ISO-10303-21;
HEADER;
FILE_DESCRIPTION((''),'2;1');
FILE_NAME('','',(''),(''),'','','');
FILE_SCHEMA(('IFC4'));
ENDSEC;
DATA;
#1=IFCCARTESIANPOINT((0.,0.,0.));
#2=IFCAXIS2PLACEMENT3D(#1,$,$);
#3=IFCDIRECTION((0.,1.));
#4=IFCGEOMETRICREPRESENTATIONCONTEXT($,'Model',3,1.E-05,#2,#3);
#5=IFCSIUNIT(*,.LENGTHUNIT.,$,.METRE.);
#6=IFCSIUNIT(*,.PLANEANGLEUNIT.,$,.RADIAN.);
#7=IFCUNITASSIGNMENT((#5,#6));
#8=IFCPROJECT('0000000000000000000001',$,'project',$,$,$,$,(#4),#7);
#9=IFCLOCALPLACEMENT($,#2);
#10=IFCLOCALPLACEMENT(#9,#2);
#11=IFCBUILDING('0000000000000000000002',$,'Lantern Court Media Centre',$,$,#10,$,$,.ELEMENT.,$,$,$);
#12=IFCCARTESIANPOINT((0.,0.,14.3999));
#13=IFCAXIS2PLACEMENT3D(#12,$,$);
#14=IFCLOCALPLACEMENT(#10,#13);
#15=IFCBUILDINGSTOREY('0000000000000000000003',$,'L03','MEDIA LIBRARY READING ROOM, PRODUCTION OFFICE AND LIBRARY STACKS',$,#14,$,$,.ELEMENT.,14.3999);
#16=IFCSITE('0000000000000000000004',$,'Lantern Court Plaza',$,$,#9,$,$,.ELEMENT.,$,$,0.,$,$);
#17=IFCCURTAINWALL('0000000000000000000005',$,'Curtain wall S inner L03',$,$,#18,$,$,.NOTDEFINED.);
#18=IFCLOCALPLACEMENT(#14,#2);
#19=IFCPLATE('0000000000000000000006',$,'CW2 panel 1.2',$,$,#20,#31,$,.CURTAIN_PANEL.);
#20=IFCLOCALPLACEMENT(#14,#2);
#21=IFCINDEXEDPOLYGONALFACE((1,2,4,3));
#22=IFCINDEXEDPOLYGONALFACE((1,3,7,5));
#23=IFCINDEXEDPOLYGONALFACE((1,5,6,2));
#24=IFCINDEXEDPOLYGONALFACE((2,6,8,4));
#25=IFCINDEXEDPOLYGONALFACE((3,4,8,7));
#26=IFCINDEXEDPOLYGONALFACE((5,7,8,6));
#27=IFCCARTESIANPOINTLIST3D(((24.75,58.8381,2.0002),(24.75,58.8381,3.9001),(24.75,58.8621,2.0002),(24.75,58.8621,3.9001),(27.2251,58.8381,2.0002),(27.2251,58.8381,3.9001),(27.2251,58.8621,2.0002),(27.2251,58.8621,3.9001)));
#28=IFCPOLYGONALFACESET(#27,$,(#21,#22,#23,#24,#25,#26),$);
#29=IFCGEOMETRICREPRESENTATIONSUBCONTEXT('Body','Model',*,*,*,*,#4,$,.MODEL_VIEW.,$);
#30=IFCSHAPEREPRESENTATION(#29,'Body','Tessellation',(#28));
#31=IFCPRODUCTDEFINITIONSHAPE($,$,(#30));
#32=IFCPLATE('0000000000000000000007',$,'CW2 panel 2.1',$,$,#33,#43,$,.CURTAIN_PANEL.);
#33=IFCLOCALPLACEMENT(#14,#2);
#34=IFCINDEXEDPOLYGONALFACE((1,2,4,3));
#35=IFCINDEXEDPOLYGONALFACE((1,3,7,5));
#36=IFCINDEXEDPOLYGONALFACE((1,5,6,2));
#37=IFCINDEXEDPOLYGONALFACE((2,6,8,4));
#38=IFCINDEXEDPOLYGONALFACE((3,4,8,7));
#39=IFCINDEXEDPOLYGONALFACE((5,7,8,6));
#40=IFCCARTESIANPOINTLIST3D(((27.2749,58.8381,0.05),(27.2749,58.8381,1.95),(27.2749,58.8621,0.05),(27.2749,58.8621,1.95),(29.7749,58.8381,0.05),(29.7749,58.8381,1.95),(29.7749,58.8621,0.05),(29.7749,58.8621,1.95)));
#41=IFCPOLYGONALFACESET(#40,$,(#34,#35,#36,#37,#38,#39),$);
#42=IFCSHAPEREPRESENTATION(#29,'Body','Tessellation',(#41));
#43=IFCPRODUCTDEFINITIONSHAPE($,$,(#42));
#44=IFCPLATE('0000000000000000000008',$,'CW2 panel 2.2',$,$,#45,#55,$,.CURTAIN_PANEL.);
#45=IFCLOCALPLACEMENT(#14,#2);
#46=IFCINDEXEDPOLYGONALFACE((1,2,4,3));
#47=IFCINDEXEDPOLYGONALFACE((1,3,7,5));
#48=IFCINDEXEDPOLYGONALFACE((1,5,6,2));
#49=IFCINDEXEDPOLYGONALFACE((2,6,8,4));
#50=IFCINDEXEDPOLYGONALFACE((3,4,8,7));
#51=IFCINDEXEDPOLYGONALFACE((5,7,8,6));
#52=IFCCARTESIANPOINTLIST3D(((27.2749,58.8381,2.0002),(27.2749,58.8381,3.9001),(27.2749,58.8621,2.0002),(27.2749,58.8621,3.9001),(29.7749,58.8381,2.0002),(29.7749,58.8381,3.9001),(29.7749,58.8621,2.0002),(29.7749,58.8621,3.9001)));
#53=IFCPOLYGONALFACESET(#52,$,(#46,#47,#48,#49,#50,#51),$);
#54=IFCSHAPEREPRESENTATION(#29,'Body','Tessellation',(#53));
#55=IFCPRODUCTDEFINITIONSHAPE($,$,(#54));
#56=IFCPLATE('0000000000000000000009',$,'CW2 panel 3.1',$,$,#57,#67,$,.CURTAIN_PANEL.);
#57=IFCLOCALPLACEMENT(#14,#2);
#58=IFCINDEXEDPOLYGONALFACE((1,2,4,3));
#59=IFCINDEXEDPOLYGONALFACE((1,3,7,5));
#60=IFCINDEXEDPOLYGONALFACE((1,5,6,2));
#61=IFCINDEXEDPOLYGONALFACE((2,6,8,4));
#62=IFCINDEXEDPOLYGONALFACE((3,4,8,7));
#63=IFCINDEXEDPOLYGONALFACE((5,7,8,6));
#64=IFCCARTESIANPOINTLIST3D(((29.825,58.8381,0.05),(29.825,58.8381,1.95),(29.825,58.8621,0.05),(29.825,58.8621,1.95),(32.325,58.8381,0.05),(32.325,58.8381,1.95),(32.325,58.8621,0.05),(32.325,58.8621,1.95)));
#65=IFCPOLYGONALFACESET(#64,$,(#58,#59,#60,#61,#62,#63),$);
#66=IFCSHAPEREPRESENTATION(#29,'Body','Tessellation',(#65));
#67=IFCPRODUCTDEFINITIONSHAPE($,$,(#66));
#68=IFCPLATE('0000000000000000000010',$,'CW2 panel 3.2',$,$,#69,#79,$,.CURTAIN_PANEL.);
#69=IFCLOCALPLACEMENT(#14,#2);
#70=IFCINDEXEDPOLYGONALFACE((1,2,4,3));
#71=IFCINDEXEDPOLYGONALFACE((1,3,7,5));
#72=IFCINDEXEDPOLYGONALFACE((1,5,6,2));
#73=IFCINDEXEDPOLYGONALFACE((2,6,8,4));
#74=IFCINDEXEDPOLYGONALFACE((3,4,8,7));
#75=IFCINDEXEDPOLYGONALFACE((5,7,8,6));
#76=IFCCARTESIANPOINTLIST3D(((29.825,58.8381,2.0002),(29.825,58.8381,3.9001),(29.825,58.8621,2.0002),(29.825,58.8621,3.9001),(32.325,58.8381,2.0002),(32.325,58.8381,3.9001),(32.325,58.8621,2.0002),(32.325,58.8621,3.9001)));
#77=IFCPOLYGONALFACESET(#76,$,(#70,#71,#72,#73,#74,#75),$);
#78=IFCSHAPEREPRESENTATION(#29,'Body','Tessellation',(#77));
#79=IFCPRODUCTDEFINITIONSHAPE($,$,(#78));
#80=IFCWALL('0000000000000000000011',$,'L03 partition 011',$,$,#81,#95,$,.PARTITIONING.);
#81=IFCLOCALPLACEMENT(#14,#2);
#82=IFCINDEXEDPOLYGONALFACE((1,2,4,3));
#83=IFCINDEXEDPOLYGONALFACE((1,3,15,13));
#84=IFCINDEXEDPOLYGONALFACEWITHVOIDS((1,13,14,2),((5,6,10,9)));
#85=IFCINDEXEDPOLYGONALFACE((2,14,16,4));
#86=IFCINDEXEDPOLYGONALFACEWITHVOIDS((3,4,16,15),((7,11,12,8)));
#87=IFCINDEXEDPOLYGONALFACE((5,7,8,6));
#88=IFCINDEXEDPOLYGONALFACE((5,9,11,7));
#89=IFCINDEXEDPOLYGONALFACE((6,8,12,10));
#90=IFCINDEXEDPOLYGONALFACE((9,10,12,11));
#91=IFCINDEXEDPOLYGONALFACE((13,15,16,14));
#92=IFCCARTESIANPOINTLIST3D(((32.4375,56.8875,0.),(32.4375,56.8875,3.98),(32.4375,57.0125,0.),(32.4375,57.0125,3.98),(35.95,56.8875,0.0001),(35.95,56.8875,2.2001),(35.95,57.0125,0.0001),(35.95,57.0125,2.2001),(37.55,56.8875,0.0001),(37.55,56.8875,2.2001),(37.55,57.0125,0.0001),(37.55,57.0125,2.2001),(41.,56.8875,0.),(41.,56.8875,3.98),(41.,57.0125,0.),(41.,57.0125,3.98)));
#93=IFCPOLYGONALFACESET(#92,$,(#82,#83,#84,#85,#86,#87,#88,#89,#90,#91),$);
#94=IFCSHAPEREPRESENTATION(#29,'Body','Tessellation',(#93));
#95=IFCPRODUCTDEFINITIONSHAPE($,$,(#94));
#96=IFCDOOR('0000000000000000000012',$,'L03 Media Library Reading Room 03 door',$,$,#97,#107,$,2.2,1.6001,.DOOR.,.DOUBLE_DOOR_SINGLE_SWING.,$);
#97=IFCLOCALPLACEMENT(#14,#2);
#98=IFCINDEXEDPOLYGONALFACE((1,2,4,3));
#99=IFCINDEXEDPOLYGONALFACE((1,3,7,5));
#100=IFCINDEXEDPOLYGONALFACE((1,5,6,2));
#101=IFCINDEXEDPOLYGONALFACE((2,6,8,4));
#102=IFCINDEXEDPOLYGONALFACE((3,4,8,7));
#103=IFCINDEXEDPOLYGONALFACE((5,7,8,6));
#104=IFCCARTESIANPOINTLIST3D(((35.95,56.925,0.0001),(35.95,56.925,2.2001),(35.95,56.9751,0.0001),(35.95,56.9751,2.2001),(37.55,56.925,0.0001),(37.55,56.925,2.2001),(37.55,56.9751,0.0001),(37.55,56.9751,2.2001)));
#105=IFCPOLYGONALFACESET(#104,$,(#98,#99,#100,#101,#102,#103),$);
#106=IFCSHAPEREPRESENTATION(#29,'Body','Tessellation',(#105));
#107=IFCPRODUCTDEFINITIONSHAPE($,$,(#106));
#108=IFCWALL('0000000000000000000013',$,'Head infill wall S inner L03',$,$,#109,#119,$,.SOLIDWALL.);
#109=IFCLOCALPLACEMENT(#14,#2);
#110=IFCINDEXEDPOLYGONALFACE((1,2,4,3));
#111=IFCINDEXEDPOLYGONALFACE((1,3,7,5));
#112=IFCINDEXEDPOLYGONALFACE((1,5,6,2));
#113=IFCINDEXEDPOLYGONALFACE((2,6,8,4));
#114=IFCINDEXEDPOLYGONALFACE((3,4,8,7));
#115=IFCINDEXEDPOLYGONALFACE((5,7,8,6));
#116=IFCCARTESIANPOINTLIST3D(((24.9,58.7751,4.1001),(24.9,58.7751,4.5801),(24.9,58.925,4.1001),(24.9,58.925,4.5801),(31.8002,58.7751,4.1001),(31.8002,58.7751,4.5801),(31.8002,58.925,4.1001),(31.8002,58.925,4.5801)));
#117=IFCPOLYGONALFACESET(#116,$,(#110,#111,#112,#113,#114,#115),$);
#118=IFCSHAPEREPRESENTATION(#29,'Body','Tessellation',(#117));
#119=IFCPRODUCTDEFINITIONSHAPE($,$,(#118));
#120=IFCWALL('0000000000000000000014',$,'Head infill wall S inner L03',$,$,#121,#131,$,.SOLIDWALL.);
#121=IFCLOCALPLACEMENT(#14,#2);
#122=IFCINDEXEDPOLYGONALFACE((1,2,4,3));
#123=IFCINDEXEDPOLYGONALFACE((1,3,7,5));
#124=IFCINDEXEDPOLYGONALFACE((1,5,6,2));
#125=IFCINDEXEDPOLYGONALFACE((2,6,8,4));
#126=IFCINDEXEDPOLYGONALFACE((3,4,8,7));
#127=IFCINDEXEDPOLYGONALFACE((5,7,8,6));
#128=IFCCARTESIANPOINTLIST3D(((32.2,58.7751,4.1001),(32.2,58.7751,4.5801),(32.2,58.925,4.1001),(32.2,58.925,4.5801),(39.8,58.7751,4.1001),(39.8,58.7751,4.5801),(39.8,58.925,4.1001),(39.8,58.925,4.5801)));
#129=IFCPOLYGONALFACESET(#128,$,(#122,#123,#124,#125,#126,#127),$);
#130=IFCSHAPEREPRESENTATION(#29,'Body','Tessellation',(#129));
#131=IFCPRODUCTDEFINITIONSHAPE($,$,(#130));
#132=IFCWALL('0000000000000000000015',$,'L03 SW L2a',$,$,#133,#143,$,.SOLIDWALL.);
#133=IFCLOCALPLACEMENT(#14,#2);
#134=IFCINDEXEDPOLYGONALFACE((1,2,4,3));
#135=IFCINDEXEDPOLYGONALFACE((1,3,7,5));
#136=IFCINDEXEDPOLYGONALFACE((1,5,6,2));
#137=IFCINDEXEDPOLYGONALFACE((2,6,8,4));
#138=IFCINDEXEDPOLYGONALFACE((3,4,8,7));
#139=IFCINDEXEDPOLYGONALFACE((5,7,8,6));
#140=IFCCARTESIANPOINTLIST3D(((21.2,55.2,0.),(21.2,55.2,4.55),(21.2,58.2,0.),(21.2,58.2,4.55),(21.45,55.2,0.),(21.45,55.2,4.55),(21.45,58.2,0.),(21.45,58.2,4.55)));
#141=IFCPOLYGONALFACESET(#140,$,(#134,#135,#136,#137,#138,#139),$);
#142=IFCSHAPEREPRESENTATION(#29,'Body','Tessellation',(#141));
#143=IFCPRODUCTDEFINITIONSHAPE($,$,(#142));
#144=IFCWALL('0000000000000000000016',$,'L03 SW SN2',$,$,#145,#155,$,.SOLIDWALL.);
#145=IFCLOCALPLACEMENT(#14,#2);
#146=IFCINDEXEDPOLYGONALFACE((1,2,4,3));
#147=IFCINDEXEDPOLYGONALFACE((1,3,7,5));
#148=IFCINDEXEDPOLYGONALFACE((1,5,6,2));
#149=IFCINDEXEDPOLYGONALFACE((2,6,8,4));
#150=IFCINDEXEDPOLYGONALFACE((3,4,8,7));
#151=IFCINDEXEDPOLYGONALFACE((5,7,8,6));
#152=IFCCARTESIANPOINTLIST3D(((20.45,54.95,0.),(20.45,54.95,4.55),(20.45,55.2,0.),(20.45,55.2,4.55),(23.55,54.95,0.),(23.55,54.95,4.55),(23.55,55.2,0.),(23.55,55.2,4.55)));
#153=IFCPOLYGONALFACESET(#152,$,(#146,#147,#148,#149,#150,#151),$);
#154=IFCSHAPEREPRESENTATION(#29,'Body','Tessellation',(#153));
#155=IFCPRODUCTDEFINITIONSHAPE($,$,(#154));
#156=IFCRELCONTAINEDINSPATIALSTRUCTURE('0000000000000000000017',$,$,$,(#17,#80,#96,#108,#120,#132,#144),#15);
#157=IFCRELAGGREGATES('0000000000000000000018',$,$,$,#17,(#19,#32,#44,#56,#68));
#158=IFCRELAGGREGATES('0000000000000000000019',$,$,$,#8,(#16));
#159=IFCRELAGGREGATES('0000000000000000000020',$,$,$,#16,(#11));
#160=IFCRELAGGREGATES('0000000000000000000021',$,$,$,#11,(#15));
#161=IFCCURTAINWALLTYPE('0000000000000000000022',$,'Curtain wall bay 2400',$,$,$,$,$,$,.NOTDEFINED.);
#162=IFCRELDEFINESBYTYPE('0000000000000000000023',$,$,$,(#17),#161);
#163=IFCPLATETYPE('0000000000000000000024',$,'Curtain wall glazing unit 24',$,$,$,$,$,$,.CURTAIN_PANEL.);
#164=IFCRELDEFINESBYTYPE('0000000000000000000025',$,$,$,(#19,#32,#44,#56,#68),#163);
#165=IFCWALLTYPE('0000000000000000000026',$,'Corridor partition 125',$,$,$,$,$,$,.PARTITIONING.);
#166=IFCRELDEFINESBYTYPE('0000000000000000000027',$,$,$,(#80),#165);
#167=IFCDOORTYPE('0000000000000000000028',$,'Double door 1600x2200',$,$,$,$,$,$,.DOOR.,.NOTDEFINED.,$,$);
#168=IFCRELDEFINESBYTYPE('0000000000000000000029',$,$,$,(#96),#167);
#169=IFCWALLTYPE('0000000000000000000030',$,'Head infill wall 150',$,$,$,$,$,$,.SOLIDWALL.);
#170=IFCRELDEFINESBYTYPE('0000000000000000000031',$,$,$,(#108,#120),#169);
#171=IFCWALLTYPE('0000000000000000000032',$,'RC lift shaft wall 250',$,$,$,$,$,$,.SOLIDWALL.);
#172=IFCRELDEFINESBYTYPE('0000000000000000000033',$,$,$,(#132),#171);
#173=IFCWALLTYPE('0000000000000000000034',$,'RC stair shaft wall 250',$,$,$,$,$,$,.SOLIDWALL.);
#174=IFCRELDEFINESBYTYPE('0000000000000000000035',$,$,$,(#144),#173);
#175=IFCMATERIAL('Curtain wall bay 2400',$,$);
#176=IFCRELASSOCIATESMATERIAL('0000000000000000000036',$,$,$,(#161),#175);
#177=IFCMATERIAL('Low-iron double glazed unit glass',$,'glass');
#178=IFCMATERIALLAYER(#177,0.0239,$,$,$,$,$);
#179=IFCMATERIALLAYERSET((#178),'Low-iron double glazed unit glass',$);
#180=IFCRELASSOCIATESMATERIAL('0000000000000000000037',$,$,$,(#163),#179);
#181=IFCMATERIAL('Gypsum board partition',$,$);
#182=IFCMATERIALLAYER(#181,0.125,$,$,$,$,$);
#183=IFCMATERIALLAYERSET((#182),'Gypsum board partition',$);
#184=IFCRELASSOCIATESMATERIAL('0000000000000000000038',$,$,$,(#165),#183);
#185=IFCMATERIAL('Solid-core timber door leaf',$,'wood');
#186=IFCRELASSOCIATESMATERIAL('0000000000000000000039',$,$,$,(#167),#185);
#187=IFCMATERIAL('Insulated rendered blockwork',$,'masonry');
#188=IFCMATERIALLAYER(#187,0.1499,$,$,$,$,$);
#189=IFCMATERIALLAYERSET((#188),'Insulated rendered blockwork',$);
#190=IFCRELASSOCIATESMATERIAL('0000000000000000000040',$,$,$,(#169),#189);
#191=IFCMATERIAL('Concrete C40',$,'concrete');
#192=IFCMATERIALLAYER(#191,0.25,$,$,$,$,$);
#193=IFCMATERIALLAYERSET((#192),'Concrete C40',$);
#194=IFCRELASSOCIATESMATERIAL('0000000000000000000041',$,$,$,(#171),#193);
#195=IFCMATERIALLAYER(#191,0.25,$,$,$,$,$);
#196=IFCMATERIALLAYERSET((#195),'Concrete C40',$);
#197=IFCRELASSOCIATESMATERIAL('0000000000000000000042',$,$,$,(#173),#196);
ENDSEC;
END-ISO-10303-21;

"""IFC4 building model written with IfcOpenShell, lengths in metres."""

from ifc_helpers import new_model, si_unit, direction, frame, frame_2d, origin, origin_2d, place, context, subcontext, project, spatial, rectangle, extrude, material, layer, layer_set, type_object, element, fill, aggregate, save


model = new_model("IFC4")

# Units and contexts
model_context = context("Model", 3, precision=1e-05, world=origin(), true_north=direction((0.0, 1.0)))
body_context = subcontext(model_context, "Body", "Model", "MODEL_VIEW")
ifc_project = project(units=[si_unit("LENGTHUNIT", "METRE"), si_unit("PLANEANGLEUNIT", "RADIAN")], contexts=[model_context])

# Site, building, storey
site_placement = place(None, origin())
site = spatial("IfcSite", under=ifc_project, at=site_placement, Name="Lantern Court Plaza", CompositionType="ELEMENT", RefElevation=0.0)
building_placement = place(site_placement, origin())
building = spatial("IfcBuilding", under=site, at=building_placement, Name="Lantern Court Media Centre", CompositionType="ELEMENT")
storey_placement = place(building_placement, frame((0.0, 0.0, 14.3999)))
storey = spatial("IfcBuildingStorey", under=building, at=storey_placement, Name="L03", Description="MEDIA LIBRARY READING ROOM, PRODUCTION OFFICE AND LIBRARY STACKS", CompositionType="ELEMENT", Elevation=14.3999)

# Curtain wall
ifc_material_1 = material(Name="Curtain wall bay 2400")
curtain_wall_type = type_object("IfcCurtainWallType", Name="Curtain wall bay 2400", PredefinedType="NOTDEFINED", material=ifc_material_1)
curtain_wall_placement = place(storey_placement, origin())
curtain_wall = element("IfcCurtainWall", 1, at=curtain_wall_placement, inside=storey, type_object=curtain_wall_type, Name="Curtain wall S inner L03", PredefinedType="NOTDEFINED")

# Plates
ifc_material_2 = material(Name="Low-iron double glazed unit glass", Category="glass")
ifc_layer_1 = layer(ifc_material_2, 0.0239)
ifc_layer_set_1 = layer_set([ifc_layer_1], Name="Low-iron double glazed unit glass")
plate_type = type_object("IfcPlateType", Name="Curtain wall glazing unit 24", PredefinedType="CURTAIN_PANEL", material=ifc_layer_set_1)
plate_1_placement = place(storey_placement, frame((25.9875, 58.8501, 2.0002), z_axis=(0.0, 0.0, 1.0), x_axis=(1.0, 0.0, 0.0)))
plate_1 = element("IfcPlate", 2, at=plate_1_placement, type_object=plate_type, Name="CW2 panel 1.2", PredefinedType="CURTAIN_PANEL", context=body_context, shape_type="SweptSolid", body=[
    extrude(rectangle(XDim=2.4751, YDim=0.0239, at=origin_2d()), origin(), (0.0, 0.0, 1.0), 1.8999),
])
plate_2_placement = place(storey_placement, frame((28.5249, 58.8501, 0.05), z_axis=(0.0, 0.0, 1.0), x_axis=(1.0, 0.0, 0.0)))
plate_2 = element("IfcPlate", 3, at=plate_2_placement, type_object=plate_type, Name="CW2 panel 2.1", PredefinedType="CURTAIN_PANEL", context=body_context, shape_type="SweptSolid", body=[
    extrude(rectangle(XDim=2.5, YDim=0.0239, at=origin_2d()), origin(), (0.0, 0.0, 1.0), 1.8999),
])
plate_3_placement = place(storey_placement, frame((28.5249, 58.8501, 2.0002), z_axis=(0.0, 0.0, 1.0), x_axis=(1.0, 0.0, 0.0)))
plate_3 = element("IfcPlate", 4, at=plate_3_placement, type_object=plate_type, Name="CW2 panel 2.2", PredefinedType="CURTAIN_PANEL", context=body_context, shape_type="SweptSolid", body=[
    extrude(rectangle(XDim=2.5, YDim=0.0239, at=origin_2d()), origin(), (0.0, 0.0, 1.0), 1.8999),
])
plate_4_placement = place(storey_placement, frame((31.075, 58.8501, 0.05), z_axis=(0.0, 0.0, 1.0), x_axis=(1.0, 0.0, 0.0)))
plate_4 = element("IfcPlate", 5, at=plate_4_placement, type_object=plate_type, Name="CW2 panel 3.1", PredefinedType="CURTAIN_PANEL", context=body_context, shape_type="SweptSolid", body=[
    extrude(rectangle(XDim=2.5, YDim=0.0239, at=origin_2d()), origin(), (0.0, 0.0, 1.0), 1.8999),
])
plate_5_placement = place(storey_placement, frame((31.075, 58.8501, 2.0002), z_axis=(0.0, 0.0, 1.0), x_axis=(1.0, 0.0, 0.0)))
plate_5 = element("IfcPlate", 6, at=plate_5_placement, type_object=plate_type, Name="CW2 panel 3.2", PredefinedType="CURTAIN_PANEL", context=body_context, shape_type="SweptSolid", body=[
    extrude(rectangle(XDim=2.5, YDim=0.0239, at=origin_2d()), origin(), (0.0, 0.0, 1.0), 1.8999),
])
aggregate(curtain_wall, [plate_1, plate_2, plate_3, plate_4, plate_5])

# Wall, opening, door
ifc_material_3 = material(Name="Gypsum board partition")
ifc_layer_2 = layer(ifc_material_3, 0.125)
ifc_layer_set_2 = layer_set([ifc_layer_2], Name="Gypsum board partition")
wall_type_1 = type_object("IfcWallType", Name="Corridor partition 125", PredefinedType="PARTITIONING", material=ifc_layer_set_2)
wall_1_placement = place(storey_placement, frame((32.4375, 56.95, 0.0), z_axis=(0.0, 0.0, 1.0), x_axis=(1.0, 0.0, 0.0)))
wall_1 = element("IfcWall", 7, at=wall_1_placement, inside=storey, type_object=wall_type_1, Name="L03 partition 011", PredefinedType="PARTITIONING", context=body_context, shape_type="SweptSolid", body=[
    extrude(rectangle(XDim=8.5625, YDim=0.125, at=frame_2d((4.2812, 0.0))), origin(), (0.0, 0.0, 1.0), 3.98),
])
opening_placement = place(wall_1_placement, frame((3.5125, 0.0, 0.0)))
opening = element("IfcOpeningElement", 8, at=opening_placement, cuts=wall_1, PredefinedType="OPENING", context=body_context, shape_type="SweptSolid", body=[
    extrude(rectangle(XDim=1.6001, YDim=2.2, at=frame_2d((0.8, 1.1001))), frame((0.0, 0.0725, 0.0), z_axis=(0.0, -1.0, 0.0), x_axis=(1.0, 0.0, 0.0)), (0.0, 0.0, 1.0), 0.145),
])
ifc_material_4 = material(Name="Solid-core timber door leaf", Category="wood")
door_type = type_object("IfcDoorType", Name="Double door 1600x2200", OperationType="NOTDEFINED", PredefinedType="DOOR", material=ifc_material_4)
door_placement = place(opening_placement, frame((1.6001, 0.0, 0.0), z_axis=(0.0, 0.0, 1.0), x_axis=(-1.0, 0.0, 0.0)))
door = element("IfcDoor", 9, at=door_placement, inside=storey, type_object=door_type, Name="L03 Media Library Reading Room 03 door", OperationType="DOUBLE_DOOR_SINGLE_SWING", OverallHeight=2.2, OverallWidth=1.6001, PredefinedType="DOOR", context=body_context, shape_type="SweptSolid", body=[
    extrude(rectangle(XDim=1.6001, YDim=2.2, at=frame_2d((0.8, 1.1001))), frame((0.0, 0.0249, 0.0), z_axis=(0.0, -1.0, 0.0), x_axis=(1.0, 0.0, 0.0)), (0.0, 0.0, 1.0), 0.05),
])
fill(opening, door)

# Walls
ifc_material_5 = material(Name="Insulated rendered blockwork", Category="masonry")
ifc_layer_3 = layer(ifc_material_5, 0.1499)
ifc_layer_set_3 = layer_set([ifc_layer_3], Name="Insulated rendered blockwork")
wall_type_2 = type_object("IfcWallType", Name="Head infill wall 150", PredefinedType="SOLIDWALL", material=ifc_layer_set_3)
wall_2_placement = place(storey_placement, frame((24.8999, 58.8501, 4.1001), z_axis=(0.0, 0.0, 1.0), x_axis=(1.0, 0.0, 0.0)))
element("IfcWall", 10, at=wall_2_placement, inside=storey, type_object=wall_type_2, Name="Head infill wall S inner L03", PredefinedType="SOLIDWALL", context=body_context, shape_type="SweptSolid", body=[
    extrude(rectangle(XDim=6.9001, YDim=0.1499, at=frame_2d((3.4502, 0.0))), origin(), (0.0, 0.0, 1.0), 0.48),
])
wall_3_placement = place(storey_placement, frame((32.2, 58.8501, 4.1001), z_axis=(0.0, 0.0, 1.0), x_axis=(1.0, 0.0, 0.0)))
element("IfcWall", 11, at=wall_3_placement, inside=storey, type_object=wall_type_2, Name="Head infill wall S inner L03", PredefinedType="SOLIDWALL", context=body_context, shape_type="SweptSolid", body=[
    extrude(rectangle(XDim=7.6001, YDim=0.1499, at=frame_2d((3.8, 0.0))), origin(), (0.0, 0.0, 1.0), 0.48),
])
ifc_material_6 = material(Name="Concrete C40", Category="concrete")
ifc_layer_4 = layer(ifc_material_6, 0.25)
ifc_layer_set_4 = layer_set([ifc_layer_4], Name="Concrete C40")
wall_type_3 = type_object("IfcWallType", Name="RC lift shaft wall 250", PredefinedType="SOLIDWALL", material=ifc_layer_set_4)
wall_4_placement = place(storey_placement, frame((21.325, 55.2, 0.0), z_axis=(0.0, 0.0, 1.0), x_axis=(0.0, 1.0, 0.0)))
element("IfcWall", 12, at=wall_4_placement, inside=storey, type_object=wall_type_3, Name="L03 SW L2a", PredefinedType="SOLIDWALL", context=body_context, shape_type="SweptSolid", body=[
    extrude(rectangle(XDim=3.0, YDim=0.25, at=frame_2d((1.5, 0.0))), origin(), (0.0, 0.0, 1.0), 4.55),
])
ifc_layer_5 = layer(ifc_material_6, 0.25)
ifc_layer_set_5 = layer_set([ifc_layer_5], Name="Concrete C40")
wall_type_4 = type_object("IfcWallType", Name="RC stair shaft wall 250", PredefinedType="SOLIDWALL", material=ifc_layer_set_5)
wall_5_placement = place(storey_placement, frame((20.45, 55.075, 0.0), z_axis=(0.0, 0.0, 1.0), x_axis=(1.0, 0.0, 0.0)))
element("IfcWall", 13, at=wall_5_placement, inside=storey, type_object=wall_type_4, Name="L03 SW SN2", PredefinedType="SOLIDWALL", context=body_context, shape_type="SweptSolid", body=[
    extrude(rectangle(XDim=3.1001, YDim=0.25, at=frame_2d((1.55, 0.0))), origin(), (0.0, 0.0, 1.0), 4.55),
])

save(model, "model.ifc")
